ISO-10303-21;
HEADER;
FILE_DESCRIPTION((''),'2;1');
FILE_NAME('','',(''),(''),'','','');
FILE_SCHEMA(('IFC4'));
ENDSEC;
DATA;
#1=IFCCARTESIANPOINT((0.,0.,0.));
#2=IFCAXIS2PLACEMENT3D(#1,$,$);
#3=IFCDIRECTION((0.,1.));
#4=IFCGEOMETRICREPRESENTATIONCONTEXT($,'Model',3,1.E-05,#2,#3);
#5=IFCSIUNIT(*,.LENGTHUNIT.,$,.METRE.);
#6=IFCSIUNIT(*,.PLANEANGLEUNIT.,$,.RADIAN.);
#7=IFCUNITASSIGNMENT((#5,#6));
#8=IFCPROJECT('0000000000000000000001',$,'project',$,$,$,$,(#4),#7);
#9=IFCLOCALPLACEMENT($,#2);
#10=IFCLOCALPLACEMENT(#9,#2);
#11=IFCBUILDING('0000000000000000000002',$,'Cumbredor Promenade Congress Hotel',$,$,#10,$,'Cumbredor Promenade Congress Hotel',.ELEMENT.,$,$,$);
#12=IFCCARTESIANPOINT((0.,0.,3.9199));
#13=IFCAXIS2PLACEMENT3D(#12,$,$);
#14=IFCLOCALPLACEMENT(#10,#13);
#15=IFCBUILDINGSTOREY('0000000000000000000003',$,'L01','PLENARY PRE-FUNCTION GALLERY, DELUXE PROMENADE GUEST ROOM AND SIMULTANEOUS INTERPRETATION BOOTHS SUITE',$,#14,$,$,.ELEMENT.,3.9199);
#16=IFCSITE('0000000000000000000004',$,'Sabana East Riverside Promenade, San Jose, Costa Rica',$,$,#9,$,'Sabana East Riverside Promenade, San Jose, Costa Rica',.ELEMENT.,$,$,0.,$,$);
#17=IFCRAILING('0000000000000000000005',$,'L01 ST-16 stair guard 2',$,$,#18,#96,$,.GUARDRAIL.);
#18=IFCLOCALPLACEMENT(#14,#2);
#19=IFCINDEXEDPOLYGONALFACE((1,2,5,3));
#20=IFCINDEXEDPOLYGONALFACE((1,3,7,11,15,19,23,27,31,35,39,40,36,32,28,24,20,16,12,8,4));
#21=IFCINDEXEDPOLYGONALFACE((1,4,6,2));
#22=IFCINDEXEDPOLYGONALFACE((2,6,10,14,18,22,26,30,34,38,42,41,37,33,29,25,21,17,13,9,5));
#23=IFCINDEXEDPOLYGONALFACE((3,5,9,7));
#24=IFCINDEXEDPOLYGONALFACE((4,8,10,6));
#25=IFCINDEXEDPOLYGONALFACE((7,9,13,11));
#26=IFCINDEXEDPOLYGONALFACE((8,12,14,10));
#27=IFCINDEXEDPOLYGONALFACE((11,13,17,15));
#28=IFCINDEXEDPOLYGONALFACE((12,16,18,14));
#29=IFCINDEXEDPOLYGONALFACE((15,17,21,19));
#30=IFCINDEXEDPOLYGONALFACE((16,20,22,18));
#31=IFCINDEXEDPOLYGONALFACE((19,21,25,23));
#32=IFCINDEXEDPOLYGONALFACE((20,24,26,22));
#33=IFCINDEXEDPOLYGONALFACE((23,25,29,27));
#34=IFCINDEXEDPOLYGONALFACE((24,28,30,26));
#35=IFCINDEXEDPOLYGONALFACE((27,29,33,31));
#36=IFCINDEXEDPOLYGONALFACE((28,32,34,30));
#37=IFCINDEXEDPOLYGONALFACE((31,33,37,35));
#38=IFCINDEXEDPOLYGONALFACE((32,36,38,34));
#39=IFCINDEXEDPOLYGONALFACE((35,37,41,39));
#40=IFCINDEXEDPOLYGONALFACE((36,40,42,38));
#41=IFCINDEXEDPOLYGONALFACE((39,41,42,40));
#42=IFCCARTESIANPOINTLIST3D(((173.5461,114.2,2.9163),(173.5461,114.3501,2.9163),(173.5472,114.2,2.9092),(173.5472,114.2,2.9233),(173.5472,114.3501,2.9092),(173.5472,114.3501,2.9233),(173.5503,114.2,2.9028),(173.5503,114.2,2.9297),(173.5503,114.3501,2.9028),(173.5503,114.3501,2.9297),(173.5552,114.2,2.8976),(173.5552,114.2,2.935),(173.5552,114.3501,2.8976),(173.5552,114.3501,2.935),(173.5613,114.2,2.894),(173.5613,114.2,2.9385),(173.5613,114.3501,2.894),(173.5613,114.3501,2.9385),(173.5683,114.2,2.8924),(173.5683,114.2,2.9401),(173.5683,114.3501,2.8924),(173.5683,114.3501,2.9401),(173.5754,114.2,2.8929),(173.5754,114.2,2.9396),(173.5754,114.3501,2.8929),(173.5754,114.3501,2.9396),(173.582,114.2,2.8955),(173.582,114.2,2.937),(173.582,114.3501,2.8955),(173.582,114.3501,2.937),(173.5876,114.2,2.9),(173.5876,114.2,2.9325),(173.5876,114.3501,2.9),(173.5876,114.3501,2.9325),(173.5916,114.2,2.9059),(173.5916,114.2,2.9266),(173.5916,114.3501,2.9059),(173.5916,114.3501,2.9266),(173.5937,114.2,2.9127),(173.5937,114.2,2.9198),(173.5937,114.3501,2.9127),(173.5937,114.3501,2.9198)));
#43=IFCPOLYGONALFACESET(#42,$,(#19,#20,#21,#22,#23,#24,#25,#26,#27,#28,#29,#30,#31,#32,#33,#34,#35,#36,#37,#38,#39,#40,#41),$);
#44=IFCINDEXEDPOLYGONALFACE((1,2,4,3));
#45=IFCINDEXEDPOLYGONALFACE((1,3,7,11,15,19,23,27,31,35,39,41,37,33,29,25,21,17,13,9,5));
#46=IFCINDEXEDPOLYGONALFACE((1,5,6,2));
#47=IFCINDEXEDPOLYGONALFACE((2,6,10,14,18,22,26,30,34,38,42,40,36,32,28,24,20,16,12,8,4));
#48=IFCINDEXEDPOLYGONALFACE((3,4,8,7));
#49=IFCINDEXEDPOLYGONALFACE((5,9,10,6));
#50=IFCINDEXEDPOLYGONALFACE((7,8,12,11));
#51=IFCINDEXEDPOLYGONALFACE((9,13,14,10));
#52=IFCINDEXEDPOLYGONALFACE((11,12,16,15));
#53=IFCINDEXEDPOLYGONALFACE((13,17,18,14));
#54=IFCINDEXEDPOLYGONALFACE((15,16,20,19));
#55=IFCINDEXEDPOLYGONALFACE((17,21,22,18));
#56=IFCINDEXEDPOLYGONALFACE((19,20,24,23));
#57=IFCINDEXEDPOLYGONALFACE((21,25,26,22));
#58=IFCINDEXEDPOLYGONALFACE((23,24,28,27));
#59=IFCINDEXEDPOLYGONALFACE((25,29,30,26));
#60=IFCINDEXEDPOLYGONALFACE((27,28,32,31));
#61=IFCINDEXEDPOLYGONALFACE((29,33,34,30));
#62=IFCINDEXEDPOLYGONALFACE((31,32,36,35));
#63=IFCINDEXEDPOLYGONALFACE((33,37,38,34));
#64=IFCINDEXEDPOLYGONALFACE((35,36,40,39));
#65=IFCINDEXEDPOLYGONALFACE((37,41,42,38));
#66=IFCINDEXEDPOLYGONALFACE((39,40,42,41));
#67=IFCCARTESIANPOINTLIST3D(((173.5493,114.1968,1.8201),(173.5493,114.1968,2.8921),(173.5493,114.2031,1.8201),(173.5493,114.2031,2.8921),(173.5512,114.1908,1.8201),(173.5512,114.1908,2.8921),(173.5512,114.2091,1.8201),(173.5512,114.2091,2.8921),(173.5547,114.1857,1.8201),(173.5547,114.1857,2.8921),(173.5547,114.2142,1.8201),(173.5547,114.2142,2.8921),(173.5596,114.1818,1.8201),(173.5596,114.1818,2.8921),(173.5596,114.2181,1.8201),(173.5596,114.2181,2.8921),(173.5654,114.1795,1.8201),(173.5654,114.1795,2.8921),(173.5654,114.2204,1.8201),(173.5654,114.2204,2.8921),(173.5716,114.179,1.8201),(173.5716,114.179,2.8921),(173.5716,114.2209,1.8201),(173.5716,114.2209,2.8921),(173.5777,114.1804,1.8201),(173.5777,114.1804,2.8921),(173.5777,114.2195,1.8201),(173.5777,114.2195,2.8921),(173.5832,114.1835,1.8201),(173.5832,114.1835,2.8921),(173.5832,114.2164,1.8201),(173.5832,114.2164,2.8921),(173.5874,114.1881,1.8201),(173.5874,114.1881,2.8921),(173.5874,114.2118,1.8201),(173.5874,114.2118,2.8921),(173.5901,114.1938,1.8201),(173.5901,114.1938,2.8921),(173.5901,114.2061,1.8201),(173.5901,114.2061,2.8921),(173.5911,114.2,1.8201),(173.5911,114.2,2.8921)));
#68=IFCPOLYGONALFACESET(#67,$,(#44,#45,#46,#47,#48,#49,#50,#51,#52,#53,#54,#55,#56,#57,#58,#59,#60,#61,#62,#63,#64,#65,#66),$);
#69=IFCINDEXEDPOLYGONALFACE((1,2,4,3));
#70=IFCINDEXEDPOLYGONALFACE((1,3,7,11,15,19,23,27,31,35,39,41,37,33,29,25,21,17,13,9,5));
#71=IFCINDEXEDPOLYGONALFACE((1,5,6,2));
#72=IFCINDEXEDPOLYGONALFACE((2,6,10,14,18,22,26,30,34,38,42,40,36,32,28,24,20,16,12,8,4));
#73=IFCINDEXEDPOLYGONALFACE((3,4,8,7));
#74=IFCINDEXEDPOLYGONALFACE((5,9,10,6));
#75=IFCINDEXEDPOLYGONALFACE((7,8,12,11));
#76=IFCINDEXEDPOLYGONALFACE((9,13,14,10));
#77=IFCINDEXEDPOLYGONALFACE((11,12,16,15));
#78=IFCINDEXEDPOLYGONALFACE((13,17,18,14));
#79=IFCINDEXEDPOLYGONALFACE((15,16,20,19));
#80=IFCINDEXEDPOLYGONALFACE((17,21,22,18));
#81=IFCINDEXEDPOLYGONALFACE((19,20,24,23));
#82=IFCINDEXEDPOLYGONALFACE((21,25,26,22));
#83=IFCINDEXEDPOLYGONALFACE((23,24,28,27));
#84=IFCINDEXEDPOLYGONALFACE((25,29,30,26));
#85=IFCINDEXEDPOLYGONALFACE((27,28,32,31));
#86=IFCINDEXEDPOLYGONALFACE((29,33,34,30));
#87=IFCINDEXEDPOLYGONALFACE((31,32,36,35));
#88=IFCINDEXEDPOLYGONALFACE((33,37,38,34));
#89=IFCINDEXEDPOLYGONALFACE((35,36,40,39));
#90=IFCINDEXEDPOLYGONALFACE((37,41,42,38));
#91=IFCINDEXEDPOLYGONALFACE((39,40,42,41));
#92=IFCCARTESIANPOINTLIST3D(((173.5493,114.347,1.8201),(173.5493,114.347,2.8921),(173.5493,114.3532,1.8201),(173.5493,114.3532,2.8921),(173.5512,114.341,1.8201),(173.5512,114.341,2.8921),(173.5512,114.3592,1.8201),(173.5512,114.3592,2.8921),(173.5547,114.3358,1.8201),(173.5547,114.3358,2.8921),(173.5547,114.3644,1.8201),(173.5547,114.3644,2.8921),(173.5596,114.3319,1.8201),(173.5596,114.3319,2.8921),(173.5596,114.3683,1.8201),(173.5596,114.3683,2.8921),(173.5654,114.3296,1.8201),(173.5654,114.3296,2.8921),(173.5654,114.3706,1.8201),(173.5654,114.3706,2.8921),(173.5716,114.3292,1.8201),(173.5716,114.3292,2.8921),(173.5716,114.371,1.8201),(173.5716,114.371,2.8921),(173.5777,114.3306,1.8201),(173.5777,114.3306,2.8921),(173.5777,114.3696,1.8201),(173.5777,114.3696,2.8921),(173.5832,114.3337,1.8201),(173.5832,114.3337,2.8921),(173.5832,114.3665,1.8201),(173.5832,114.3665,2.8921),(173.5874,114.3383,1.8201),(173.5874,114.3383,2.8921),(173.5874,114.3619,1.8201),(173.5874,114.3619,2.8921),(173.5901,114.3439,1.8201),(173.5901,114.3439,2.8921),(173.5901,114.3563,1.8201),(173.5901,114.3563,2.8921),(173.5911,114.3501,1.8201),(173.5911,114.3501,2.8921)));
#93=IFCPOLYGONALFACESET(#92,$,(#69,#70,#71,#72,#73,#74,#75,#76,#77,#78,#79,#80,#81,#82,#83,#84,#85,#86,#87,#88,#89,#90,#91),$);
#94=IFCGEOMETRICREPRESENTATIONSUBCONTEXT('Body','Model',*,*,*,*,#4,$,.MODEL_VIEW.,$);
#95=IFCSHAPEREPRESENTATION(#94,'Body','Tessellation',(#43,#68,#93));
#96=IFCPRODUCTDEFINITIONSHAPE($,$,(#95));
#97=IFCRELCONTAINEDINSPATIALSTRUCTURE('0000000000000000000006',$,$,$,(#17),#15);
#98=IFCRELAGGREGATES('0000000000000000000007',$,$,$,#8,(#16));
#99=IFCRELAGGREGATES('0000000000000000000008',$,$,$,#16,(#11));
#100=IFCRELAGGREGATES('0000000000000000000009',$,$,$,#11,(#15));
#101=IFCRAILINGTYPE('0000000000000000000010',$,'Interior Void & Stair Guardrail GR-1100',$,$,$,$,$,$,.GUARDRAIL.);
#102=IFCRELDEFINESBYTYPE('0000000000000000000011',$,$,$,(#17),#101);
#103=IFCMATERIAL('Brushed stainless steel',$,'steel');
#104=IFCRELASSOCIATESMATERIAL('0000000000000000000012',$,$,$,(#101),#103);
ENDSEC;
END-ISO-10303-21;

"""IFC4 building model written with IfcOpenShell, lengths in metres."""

from ifc_helpers import new_model, si_unit, direction, frame, origin, origin_2d, place, context, subcontext, project, spatial, circle, extrude, material, type_object, element, save


model = new_model("IFC4")

# Units and contexts
model_context = context("Model", 3, precision=1e-05, world=origin(), true_north=direction((0.0, 1.0)))
body_context = subcontext(model_context, "Body", "Model", "MODEL_VIEW")
ifc_project = project(units=[si_unit("LENGTHUNIT", "METRE"), si_unit("PLANEANGLEUNIT", "RADIAN")], contexts=[model_context])

# Site, building, storey
site_placement = place(None, origin())
site = spatial("IfcSite", under=ifc_project, at=site_placement, Name="Sabana East Riverside Promenade, San Jose, Costa Rica", LongName="Sabana East Riverside Promenade, San Jose, Costa Rica", CompositionType="ELEMENT", RefElevation=0.0)
building_placement = place(site_placement, origin())
building = spatial("IfcBuilding", under=site, at=building_placement, Name="Cumbredor Promenade Congress Hotel", LongName="Cumbredor Promenade Congress Hotel", CompositionType="ELEMENT")
storey_placement = place(building_placement, frame((0.0, 0.0, 3.9199)))
storey = spatial("IfcBuildingStorey", under=building, at=storey_placement, Name="L01", Description="PLENARY PRE-FUNCTION GALLERY, DELUXE PROMENADE GUEST ROOM AND SIMULTANEOUS INTERPRETATION BOOTHS SUITE", CompositionType="ELEMENT", Elevation=3.9199)

# Railing
ifc_material_1 = material(Name="Brushed stainless steel", Category="steel")
railing_type_1 = type_object("IfcRailingType", Name="Interior Void & Stair Guardrail GR-1100", PredefinedType="GUARDRAIL", material=ifc_material_1)
railing_1_placement = place(storey_placement, frame((173.5701, 114.2, 1.8201)))
element("IfcRailing", 1, at=railing_1_placement, inside=storey, type_object=railing_type_1, Name="L01 ST-16 stair guard 2", PredefinedType="GUARDRAIL", context=body_context, shape_type="SweptSolid", body=[
    extrude(circle(Radius=0.0239, at=origin_2d()), frame((0.0, 0.0, 1.0962), z_axis=(0.0, 1.0, 0.0), x_axis=(-1.0, 0.0, 0.0)), (0.0, 0.0, 1.0), 0.1501),
    extrude(circle(Radius=0.021, at=origin_2d()), origin(), (0.0, 0.0, 1.0), 1.072),
    extrude(circle(Radius=0.021, at=origin_2d()), frame((0.0, 0.1501, 0.0)), (0.0, 0.0, 1.0), 1.072),
])

save(model, "model.ifc")
